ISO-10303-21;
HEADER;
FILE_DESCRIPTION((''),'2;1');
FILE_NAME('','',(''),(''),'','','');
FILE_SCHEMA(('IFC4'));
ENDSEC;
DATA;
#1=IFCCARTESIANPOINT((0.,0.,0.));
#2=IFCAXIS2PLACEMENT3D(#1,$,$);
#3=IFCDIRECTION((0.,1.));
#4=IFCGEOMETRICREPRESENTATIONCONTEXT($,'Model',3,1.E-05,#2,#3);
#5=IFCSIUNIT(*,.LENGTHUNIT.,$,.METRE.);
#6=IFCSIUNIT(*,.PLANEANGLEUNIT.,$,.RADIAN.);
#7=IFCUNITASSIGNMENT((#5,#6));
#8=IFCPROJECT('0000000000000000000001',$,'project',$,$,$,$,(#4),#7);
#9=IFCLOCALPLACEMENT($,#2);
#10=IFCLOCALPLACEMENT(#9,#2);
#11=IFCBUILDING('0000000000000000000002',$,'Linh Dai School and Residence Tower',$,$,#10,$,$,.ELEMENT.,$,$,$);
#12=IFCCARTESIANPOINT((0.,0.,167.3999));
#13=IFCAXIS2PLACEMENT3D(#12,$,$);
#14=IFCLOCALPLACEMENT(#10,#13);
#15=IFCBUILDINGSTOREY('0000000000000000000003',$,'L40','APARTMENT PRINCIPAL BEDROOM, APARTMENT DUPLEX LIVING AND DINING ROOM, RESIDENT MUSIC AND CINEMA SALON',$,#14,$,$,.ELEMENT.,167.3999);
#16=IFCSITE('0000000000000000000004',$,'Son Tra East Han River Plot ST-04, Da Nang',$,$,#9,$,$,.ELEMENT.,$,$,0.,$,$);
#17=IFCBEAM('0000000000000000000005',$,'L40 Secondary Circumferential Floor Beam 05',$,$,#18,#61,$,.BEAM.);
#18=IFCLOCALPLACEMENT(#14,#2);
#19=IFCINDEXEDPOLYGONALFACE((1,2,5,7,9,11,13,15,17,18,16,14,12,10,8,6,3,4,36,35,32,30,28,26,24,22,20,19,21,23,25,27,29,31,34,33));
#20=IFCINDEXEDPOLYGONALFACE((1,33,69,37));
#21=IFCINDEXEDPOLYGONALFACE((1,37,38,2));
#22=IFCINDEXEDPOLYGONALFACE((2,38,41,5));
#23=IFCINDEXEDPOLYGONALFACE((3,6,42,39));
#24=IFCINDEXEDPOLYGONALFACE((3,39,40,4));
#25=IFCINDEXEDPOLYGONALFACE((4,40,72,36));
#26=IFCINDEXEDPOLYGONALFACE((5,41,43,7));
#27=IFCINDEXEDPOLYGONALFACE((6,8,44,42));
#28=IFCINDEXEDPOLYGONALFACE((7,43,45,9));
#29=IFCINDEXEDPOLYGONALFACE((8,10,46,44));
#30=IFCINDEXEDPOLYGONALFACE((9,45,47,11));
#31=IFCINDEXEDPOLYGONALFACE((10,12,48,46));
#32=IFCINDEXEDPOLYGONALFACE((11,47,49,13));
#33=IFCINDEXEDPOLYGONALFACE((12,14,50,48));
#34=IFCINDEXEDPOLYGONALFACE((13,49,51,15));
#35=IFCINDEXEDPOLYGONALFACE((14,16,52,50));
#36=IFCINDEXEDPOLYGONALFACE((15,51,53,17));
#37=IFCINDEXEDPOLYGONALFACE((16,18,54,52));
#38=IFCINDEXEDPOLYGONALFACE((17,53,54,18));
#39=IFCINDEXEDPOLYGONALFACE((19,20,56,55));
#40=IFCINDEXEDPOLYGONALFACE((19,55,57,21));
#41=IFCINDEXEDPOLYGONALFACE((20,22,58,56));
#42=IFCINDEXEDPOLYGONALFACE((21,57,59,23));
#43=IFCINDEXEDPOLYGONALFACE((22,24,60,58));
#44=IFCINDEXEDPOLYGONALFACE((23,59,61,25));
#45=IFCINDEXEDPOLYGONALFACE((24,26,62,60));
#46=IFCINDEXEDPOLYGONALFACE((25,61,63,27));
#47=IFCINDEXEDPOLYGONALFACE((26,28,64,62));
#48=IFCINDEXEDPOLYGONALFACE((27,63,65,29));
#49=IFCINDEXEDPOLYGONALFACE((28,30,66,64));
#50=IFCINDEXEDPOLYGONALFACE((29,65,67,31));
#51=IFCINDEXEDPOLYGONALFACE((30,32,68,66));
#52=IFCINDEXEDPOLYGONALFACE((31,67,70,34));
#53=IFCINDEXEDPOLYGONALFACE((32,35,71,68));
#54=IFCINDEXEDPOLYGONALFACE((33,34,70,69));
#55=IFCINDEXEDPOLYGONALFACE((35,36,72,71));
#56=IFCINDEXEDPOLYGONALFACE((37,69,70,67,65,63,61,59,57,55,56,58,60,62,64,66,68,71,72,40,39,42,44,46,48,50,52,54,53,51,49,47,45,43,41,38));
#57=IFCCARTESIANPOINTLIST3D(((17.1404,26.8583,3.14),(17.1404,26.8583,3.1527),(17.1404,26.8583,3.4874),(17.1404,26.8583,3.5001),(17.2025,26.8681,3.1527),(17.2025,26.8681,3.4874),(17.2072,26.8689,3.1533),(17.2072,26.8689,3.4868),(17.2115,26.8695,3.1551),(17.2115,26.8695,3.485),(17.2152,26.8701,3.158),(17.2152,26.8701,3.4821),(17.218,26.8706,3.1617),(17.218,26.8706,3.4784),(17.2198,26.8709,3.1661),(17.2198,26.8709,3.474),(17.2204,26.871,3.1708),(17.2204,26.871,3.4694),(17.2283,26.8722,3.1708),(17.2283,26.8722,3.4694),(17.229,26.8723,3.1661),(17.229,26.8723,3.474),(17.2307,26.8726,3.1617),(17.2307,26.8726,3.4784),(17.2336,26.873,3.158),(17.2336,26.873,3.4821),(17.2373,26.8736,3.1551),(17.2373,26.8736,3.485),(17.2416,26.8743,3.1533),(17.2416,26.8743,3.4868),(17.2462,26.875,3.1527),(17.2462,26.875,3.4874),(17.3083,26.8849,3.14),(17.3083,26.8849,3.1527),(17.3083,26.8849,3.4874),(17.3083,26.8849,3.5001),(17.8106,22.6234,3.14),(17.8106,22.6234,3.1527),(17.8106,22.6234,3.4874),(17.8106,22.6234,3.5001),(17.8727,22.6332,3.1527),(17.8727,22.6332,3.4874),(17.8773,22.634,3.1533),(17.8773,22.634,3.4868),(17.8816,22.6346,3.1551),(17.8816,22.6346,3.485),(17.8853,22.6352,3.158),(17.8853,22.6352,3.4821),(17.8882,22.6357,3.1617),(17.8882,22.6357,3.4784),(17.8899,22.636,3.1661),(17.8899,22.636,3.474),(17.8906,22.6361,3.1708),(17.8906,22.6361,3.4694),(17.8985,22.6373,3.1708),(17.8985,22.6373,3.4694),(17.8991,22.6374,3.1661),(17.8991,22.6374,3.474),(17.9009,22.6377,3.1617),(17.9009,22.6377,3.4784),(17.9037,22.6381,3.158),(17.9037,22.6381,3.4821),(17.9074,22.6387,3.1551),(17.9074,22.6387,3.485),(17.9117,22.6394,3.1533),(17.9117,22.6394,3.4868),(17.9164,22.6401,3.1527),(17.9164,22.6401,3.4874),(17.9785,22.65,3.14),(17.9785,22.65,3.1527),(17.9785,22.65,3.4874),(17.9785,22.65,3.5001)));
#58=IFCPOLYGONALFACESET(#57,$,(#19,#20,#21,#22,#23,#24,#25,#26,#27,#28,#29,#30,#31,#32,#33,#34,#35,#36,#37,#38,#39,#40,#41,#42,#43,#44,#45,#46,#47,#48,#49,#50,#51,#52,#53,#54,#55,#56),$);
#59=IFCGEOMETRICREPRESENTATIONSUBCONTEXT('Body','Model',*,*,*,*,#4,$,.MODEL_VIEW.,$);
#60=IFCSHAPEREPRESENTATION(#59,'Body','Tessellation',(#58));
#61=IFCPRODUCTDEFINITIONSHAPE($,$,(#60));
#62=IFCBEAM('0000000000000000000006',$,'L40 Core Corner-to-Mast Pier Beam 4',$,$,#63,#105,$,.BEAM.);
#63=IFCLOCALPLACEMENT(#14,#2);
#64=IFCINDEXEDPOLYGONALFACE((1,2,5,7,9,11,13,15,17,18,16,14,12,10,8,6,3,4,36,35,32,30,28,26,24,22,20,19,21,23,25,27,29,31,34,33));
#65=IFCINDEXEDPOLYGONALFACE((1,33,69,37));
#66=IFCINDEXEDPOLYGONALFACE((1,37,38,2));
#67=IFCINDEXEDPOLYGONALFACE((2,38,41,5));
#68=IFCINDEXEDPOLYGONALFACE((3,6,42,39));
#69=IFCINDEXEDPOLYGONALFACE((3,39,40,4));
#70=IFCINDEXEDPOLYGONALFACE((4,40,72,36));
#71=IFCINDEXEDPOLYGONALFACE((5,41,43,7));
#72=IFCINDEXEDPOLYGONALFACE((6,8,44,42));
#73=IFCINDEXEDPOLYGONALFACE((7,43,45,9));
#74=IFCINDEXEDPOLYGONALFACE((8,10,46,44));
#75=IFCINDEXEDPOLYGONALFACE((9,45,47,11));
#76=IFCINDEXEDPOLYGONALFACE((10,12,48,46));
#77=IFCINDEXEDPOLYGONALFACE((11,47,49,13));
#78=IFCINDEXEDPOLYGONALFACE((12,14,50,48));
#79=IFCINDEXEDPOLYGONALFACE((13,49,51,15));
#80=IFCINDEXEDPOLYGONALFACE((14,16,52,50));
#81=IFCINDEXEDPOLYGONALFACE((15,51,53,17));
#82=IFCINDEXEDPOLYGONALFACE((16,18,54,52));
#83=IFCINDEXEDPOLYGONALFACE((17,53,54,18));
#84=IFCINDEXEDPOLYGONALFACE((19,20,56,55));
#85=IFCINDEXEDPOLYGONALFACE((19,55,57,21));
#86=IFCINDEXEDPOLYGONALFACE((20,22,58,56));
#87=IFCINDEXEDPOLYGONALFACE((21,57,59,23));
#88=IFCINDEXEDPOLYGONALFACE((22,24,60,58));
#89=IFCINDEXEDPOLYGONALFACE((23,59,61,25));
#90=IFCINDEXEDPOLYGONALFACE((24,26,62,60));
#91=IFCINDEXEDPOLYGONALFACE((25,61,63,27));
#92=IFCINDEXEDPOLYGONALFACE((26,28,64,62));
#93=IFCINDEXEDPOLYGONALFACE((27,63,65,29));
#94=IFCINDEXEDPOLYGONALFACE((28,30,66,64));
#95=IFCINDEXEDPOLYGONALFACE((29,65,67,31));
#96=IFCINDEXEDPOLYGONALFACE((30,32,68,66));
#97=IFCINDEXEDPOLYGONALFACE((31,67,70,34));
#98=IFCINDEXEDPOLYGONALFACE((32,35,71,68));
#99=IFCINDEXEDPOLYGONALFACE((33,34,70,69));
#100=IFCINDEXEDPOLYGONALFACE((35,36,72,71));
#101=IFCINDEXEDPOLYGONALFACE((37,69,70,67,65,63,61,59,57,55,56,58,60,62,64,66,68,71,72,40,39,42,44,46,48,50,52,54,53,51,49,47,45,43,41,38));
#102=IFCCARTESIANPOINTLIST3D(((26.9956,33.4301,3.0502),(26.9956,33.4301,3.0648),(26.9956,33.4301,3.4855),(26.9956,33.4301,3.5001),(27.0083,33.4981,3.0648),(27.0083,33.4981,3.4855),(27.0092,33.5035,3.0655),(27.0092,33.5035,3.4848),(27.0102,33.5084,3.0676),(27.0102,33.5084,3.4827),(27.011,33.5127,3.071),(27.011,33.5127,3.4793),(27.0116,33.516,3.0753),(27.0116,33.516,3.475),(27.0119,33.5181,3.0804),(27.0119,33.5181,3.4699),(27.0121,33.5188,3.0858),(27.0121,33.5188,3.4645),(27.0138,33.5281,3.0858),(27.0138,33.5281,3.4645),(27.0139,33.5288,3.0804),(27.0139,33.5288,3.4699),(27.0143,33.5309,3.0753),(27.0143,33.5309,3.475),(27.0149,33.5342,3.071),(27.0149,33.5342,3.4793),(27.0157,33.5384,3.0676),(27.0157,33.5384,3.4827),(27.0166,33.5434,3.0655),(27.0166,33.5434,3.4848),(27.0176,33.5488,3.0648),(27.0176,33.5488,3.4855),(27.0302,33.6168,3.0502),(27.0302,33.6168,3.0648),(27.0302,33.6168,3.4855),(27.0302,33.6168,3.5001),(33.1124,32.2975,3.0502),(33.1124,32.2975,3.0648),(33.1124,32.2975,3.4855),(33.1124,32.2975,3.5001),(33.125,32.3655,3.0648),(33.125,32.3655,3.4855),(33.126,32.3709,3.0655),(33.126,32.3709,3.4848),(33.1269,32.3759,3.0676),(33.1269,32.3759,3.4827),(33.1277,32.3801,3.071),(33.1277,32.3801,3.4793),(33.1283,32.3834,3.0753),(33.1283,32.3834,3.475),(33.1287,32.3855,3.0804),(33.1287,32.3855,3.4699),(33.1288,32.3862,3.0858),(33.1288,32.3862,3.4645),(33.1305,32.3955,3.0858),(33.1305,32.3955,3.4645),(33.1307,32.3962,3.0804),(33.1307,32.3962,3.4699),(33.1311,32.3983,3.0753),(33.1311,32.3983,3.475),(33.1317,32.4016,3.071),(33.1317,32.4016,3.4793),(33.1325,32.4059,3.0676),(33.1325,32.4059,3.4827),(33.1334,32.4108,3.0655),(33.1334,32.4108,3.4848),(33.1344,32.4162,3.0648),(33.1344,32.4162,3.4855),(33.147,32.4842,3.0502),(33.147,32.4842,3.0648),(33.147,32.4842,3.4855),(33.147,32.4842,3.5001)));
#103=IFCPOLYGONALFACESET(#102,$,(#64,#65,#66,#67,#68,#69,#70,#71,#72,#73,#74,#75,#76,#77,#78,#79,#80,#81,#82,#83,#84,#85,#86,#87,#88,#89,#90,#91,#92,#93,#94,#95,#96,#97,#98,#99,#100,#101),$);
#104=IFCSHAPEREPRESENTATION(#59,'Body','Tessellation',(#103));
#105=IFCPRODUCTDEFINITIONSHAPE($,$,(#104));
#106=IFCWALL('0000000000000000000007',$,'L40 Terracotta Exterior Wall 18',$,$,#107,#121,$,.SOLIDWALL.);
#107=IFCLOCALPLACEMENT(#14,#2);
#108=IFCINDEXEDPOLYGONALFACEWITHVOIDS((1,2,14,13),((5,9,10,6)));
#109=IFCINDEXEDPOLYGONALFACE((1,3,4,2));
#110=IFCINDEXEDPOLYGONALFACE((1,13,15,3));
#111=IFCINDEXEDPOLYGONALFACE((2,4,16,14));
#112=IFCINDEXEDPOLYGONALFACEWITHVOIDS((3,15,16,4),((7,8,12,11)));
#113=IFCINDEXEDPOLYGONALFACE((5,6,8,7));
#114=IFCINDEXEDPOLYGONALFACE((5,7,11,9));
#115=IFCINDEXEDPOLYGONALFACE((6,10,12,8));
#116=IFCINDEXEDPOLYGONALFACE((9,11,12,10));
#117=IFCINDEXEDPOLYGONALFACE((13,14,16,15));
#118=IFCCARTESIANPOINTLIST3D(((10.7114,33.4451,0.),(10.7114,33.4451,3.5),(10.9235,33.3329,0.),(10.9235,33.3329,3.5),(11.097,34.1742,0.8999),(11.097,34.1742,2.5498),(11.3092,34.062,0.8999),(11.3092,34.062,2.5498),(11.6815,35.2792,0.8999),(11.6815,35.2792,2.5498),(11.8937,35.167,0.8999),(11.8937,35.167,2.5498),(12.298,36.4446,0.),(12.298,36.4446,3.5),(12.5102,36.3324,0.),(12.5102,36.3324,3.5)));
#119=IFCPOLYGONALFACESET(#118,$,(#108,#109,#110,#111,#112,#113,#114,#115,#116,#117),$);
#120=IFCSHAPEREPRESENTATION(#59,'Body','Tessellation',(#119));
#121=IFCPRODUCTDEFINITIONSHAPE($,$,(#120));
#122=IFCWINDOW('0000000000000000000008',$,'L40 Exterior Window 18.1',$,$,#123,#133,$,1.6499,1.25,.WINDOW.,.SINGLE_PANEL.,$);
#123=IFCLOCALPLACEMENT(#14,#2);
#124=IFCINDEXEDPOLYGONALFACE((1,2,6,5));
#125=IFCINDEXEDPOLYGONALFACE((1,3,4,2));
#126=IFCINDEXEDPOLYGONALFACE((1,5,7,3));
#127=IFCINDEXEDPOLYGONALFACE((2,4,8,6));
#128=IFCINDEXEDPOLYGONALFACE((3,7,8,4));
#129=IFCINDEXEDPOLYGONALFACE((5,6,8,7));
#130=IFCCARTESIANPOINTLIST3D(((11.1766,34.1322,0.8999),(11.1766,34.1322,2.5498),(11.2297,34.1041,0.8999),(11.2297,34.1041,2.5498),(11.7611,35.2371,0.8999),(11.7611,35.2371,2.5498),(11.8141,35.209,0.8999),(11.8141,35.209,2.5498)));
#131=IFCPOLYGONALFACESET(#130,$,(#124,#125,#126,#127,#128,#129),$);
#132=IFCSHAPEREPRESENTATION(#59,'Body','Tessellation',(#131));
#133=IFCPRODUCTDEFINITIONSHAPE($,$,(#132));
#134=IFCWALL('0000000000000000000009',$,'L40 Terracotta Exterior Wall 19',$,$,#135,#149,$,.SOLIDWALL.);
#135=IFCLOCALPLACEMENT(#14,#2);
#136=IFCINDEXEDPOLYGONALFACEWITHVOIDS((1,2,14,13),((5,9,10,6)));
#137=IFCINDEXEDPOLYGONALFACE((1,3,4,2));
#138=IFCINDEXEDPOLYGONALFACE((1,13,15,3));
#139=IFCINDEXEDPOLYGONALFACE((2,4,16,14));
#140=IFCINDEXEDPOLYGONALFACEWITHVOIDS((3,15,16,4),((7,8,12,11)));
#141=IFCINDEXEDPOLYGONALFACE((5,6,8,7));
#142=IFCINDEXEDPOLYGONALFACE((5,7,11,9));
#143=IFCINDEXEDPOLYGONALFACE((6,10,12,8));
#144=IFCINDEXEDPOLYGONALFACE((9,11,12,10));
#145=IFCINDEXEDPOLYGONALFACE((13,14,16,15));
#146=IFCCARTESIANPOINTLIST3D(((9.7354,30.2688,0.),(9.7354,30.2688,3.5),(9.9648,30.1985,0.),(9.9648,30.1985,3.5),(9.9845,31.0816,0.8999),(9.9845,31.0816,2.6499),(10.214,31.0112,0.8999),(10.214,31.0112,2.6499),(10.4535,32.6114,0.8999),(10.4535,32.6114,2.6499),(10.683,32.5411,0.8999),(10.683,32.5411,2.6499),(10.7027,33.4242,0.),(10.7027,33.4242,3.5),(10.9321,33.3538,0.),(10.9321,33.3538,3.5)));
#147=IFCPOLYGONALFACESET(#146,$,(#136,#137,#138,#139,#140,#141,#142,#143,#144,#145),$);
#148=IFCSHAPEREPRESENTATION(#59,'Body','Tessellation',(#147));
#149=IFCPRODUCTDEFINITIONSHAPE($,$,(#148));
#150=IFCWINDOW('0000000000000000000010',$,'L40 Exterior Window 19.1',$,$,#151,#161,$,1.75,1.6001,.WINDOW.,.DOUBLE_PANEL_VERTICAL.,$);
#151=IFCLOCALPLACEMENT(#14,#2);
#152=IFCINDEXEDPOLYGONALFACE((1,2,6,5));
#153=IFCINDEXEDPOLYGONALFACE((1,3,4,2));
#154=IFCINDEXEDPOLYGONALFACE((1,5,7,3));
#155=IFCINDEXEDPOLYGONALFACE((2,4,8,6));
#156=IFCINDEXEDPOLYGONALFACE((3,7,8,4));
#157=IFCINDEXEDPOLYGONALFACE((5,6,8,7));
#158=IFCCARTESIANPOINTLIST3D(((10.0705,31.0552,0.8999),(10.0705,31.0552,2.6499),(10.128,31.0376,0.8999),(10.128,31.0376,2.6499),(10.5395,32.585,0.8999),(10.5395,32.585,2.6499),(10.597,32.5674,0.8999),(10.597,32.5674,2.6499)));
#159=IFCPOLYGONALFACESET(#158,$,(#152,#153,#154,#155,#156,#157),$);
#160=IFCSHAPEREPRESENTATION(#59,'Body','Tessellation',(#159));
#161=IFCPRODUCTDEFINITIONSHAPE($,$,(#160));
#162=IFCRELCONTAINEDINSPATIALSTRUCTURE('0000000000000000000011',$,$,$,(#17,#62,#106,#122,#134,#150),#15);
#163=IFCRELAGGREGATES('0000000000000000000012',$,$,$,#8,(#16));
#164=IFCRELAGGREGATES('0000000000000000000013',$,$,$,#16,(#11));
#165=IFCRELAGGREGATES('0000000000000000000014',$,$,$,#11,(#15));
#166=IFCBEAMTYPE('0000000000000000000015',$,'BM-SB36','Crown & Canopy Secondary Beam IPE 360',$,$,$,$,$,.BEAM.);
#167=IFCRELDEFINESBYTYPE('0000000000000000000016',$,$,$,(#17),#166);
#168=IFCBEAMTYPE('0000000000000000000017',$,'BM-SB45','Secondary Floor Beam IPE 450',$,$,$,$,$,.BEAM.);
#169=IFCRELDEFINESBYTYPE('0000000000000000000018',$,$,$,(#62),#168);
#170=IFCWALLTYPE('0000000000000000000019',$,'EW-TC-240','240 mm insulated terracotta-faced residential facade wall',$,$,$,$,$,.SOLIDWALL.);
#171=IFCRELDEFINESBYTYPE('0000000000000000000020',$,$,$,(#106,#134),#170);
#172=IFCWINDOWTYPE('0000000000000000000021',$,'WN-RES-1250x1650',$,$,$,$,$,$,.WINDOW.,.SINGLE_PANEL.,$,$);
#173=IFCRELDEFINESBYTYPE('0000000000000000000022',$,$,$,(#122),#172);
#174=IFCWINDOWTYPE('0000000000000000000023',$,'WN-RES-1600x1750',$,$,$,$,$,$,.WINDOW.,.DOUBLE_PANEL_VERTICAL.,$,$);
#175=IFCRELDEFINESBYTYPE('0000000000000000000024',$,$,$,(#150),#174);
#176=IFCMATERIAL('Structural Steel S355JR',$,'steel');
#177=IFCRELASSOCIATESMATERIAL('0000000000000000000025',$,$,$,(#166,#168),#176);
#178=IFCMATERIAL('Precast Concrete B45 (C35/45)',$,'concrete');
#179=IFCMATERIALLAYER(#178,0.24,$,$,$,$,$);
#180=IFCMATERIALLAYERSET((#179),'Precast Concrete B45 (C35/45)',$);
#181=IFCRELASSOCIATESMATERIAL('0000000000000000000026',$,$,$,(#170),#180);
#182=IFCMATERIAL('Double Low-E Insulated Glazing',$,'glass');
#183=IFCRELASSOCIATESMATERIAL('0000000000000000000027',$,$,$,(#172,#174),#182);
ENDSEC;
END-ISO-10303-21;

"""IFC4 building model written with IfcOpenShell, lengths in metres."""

from ifc_helpers import new_model, si_unit, direction, frame, frame_2d, origin, origin_2d, place, context, subcontext, project, spatial, rectangle, i_section, extrude, source, transform, mapped, material, layer, layer_set, material_profile, profile_set, type_object, element, fill, save


model = new_model("IFC4")

# Units and contexts
model_context = context("Model", 3, precision=1e-05, world=origin(), true_north=direction((0.0, 1.0)))
body_context = subcontext(model_context, "Body", "Model", "MODEL_VIEW")
ifc_project = project(units=[si_unit("LENGTHUNIT", "METRE"), si_unit("PLANEANGLEUNIT", "RADIAN")], contexts=[model_context])

# Site, building, storey
site_placement = place(None, origin())
site = spatial("IfcSite", under=ifc_project, at=site_placement, Name="Son Tra East Han River Plot ST-04, Da Nang", CompositionType="ELEMENT", RefElevation=0.0)
building_placement = place(site_placement, origin())
building = spatial("IfcBuilding", under=site, at=building_placement, Name="Linh Dai School and Residence Tower", CompositionType="ELEMENT")
storey_placement = place(building_placement, frame((0.0, 0.0, 167.3999)))
storey = spatial("IfcBuildingStorey", under=building, at=storey_placement, Name="L40", Description="APARTMENT PRINCIPAL BEDROOM, APARTMENT DUPLEX LIVING AND DINING ROOM, RESIDENT MUSIC AND CINEMA SALON", CompositionType="ELEMENT", Elevation=167.3999)

# Shared definitions
ifc_material_1 = material(Name="Structural Steel S355JR", Category="steel")

# Beams
ifc_material_profile_1 = material_profile(ifc_material_1, i_section(OverallWidth=0.1699, OverallDepth=0.3601, WebThickness=0.0081, FlangeThickness=0.0127, FilletRadius=0.0181, at=origin_2d()), Name="IPE 360")
ifc_profile_set_1 = profile_set([ifc_material_profile_1], Name="Structural Steel S355JR")
beam_type_1 = type_object("IfcBeamType", Name="BM-SB36", Description="Crown & Canopy Secondary Beam IPE 360", PredefinedType="BEAM", material=ifc_profile_set_1)
beam_1_placement = place(storey_placement, frame((17.2244, 26.8716, 3.3201), z_axis=(0.156305, -0.987709, 0.0), x_axis=(0.987709, 0.156305, 0.0)))
element("IfcBeam", 1, at=beam_1_placement, inside=storey, type_object=beam_type_1, Name="L40 Secondary Circumferential Floor Beam 05", PredefinedType="BEAM", context=body_context, shape_type="SweptSolid", body=[
    extrude(i_section(OverallWidth=0.1699, OverallDepth=0.3601, WebThickness=0.0081, FlangeThickness=0.0127, FilletRadius=0.0181, at=origin_2d()), origin(), (0.0, 0.0, 1.0), 4.2876),
])
ifc_material_profile_2 = material_profile(ifc_material_1, i_section(OverallWidth=0.1899, OverallDepth=0.45, WebThickness=0.0095, FlangeThickness=0.0146, FilletRadius=0.021, at=origin_2d()), Name="IPE 450")
ifc_profile_set_2 = profile_set([ifc_material_profile_2], Name="Structural Steel S355JR")
beam_type_2 = type_object("IfcBeamType", Name="BM-SB45", Description="Secondary Floor Beam IPE 450", PredefinedType="BEAM", material=ifc_profile_set_2)
beam_2_placement = place(storey_placement, frame((27.0129, 33.5234, 3.2751), z_axis=(0.983286, -0.182065, 0.0), x_axis=(0.182065, 0.983286, 0.0)))
element("IfcBeam", 2, at=beam_2_placement, inside=storey, type_object=beam_type_2, Name="L40 Core Corner-to-Mast Pier Beam 4", PredefinedType="BEAM", context=body_context, shape_type="SweptSolid", body=[
    extrude(i_section(OverallWidth=0.1899, OverallDepth=0.45, WebThickness=0.0095, FlangeThickness=0.0146, FilletRadius=0.021, at=origin_2d()), origin(), (0.0, 0.0, 1.0), 6.2207),
])

# Walls, openings, windows
ifc_material_2 = material(Name="Precast Concrete B45 (C35/45)", Category="concrete")
ifc_layer_1 = layer(ifc_material_2, 0.24)
ifc_layer_set_1 = layer_set([ifc_layer_1], Name="Precast Concrete B45 (C35/45)")
wall_type_1 = type_object("IfcWallType", Name="EW-TC-240", Description="240 mm insulated terracotta-faced residential facade wall", PredefinedType="SOLIDWALL", material=ifc_layer_set_1)
wall_1_placement = place(storey_placement, frame((10.8174, 33.3889, 0.0), z_axis=(0.0, 0.0, 1.0), x_axis=(0.467587, 0.883947, 0.0)))
wall_1 = element("IfcWall", 3, at=wall_1_placement, inside=storey, type_object=wall_type_1, Name="L40 Terracotta Exterior Wall 18", PredefinedType="SOLIDWALL", context=body_context, shape_type="SweptSolid", body=[
    extrude(rectangle(XDim=3.3933, YDim=0.24, at=frame_2d((1.6968, 0.0))), origin(), (0.0, 0.0, 1.0), 3.5),
])
opening_1_placement = place(wall_1_placement, frame((0.825, 0.0, 0.8999)))
opening_1 = element("IfcOpeningElement", 4, at=opening_1_placement, cuts=wall_1, PredefinedType="OPENING", context=body_context, shape_type="SweptSolid", body=[
    extrude(rectangle(XDim=1.25, YDim=1.6499, at=origin_2d()), frame((0.625, 0.1299, 0.825), z_axis=(0.0, -1.0, 0.0), x_axis=(1.0, 0.0, 0.0)), (0.0, 0.0, 1.0), 0.26),
])
ifc_material_3 = material(Name="Double Low-E Insulated Glazing", Category="glass")
window_type_1 = type_object("IfcWindowType", Name="WN-RES-1250x1650", PartitioningType="SINGLE_PANEL", PredefinedType="WINDOW", material=ifc_material_3)
shared_shape_1 = source(origin(), body_context, "Body", "SweptSolid", [
    extrude(rectangle(XDim=1.25, YDim=1.6499, at=origin_2d()), frame((0.625, 0.03, 0.825), z_axis=(0.0, -1.0, 0.0), x_axis=(1.0, 0.0, 0.0)), (0.0, 0.0, 1.0), 0.0601),
])
window_1_placement = place(opening_1_placement, origin())
window_1 = element("IfcWindow", 5, at=window_1_placement, inside=storey, type_object=window_type_1, Name="L40 Exterior Window 18.1", OverallHeight=1.6499, OverallWidth=1.25, PartitioningType="SINGLE_PANEL", PredefinedType="WINDOW", context=body_context, shape_type="MappedRepresentation", body=[
    mapped(shared_shape_1, transform((0.0, 0.0, 0.0), x_axis=(1.0, 0.0, 0.0), y_axis=(0.0, 1.0, 0.0), z_axis=(0.0, 0.0, 1.0), scale=1.0)),
])
fill(opening_1, window_1)
wall_2_placement = place(storey_placement, frame((9.8501, 30.2336, 0.0), z_axis=(0.0, 0.0, 1.0), x_axis=(0.293098, 0.956082, 0.0)))
wall_2 = element("IfcWall", 6, at=wall_2_placement, inside=storey, type_object=wall_type_1, Name="L40 Terracotta Exterior Wall 19", PredefinedType="SOLIDWALL", context=body_context, shape_type="SweptSolid", body=[
    extrude(rectangle(XDim=3.3003, YDim=0.24, at=frame_2d((1.6501, 0.0))), origin(), (0.0, 0.0, 1.0), 3.5),
])
opening_2_placement = place(wall_2_placement, frame((0.8501, 0.0, 0.8999)))
opening_2 = element("IfcOpeningElement", 7, at=opening_2_placement, cuts=wall_2, PredefinedType="OPENING", context=body_context, shape_type="SweptSolid", body=[
    extrude(rectangle(XDim=1.6001, YDim=1.75, at=origin_2d()), frame((0.8, 0.1299, 0.875), z_axis=(0.0, -1.0, 0.0), x_axis=(1.0, 0.0, 0.0)), (0.0, 0.0, 1.0), 0.26),
])
window_type_2 = type_object("IfcWindowType", Name="WN-RES-1600x1750", PartitioningType="DOUBLE_PANEL_VERTICAL", PredefinedType="WINDOW", material=ifc_material_3)
shared_shape_2 = source(origin(), body_context, "Body", "SweptSolid", [
    extrude(rectangle(XDim=1.6001, YDim=1.75, at=origin_2d()), frame((0.8, 0.03, 0.875), z_axis=(0.0, -1.0, 0.0), x_axis=(1.0, 0.0, 0.0)), (0.0, 0.0, 1.0), 0.0601),
])
window_2_placement = place(opening_2_placement, origin())
window_2 = element("IfcWindow", 8, at=window_2_placement, inside=storey, type_object=window_type_2, Name="L40 Exterior Window 19.1", OverallHeight=1.75, OverallWidth=1.6001, PartitioningType="DOUBLE_PANEL_VERTICAL", PredefinedType="WINDOW", context=body_context, shape_type="MappedRepresentation", body=[
    mapped(shared_shape_2, transform((0.0, 0.0, 0.0), x_axis=(1.0, 0.0, 0.0), y_axis=(0.0, 1.0, 0.0), z_axis=(0.0, 0.0, 1.0), scale=1.0)),
])
fill(opening_2, window_2)

save(model, "model.ifc")
